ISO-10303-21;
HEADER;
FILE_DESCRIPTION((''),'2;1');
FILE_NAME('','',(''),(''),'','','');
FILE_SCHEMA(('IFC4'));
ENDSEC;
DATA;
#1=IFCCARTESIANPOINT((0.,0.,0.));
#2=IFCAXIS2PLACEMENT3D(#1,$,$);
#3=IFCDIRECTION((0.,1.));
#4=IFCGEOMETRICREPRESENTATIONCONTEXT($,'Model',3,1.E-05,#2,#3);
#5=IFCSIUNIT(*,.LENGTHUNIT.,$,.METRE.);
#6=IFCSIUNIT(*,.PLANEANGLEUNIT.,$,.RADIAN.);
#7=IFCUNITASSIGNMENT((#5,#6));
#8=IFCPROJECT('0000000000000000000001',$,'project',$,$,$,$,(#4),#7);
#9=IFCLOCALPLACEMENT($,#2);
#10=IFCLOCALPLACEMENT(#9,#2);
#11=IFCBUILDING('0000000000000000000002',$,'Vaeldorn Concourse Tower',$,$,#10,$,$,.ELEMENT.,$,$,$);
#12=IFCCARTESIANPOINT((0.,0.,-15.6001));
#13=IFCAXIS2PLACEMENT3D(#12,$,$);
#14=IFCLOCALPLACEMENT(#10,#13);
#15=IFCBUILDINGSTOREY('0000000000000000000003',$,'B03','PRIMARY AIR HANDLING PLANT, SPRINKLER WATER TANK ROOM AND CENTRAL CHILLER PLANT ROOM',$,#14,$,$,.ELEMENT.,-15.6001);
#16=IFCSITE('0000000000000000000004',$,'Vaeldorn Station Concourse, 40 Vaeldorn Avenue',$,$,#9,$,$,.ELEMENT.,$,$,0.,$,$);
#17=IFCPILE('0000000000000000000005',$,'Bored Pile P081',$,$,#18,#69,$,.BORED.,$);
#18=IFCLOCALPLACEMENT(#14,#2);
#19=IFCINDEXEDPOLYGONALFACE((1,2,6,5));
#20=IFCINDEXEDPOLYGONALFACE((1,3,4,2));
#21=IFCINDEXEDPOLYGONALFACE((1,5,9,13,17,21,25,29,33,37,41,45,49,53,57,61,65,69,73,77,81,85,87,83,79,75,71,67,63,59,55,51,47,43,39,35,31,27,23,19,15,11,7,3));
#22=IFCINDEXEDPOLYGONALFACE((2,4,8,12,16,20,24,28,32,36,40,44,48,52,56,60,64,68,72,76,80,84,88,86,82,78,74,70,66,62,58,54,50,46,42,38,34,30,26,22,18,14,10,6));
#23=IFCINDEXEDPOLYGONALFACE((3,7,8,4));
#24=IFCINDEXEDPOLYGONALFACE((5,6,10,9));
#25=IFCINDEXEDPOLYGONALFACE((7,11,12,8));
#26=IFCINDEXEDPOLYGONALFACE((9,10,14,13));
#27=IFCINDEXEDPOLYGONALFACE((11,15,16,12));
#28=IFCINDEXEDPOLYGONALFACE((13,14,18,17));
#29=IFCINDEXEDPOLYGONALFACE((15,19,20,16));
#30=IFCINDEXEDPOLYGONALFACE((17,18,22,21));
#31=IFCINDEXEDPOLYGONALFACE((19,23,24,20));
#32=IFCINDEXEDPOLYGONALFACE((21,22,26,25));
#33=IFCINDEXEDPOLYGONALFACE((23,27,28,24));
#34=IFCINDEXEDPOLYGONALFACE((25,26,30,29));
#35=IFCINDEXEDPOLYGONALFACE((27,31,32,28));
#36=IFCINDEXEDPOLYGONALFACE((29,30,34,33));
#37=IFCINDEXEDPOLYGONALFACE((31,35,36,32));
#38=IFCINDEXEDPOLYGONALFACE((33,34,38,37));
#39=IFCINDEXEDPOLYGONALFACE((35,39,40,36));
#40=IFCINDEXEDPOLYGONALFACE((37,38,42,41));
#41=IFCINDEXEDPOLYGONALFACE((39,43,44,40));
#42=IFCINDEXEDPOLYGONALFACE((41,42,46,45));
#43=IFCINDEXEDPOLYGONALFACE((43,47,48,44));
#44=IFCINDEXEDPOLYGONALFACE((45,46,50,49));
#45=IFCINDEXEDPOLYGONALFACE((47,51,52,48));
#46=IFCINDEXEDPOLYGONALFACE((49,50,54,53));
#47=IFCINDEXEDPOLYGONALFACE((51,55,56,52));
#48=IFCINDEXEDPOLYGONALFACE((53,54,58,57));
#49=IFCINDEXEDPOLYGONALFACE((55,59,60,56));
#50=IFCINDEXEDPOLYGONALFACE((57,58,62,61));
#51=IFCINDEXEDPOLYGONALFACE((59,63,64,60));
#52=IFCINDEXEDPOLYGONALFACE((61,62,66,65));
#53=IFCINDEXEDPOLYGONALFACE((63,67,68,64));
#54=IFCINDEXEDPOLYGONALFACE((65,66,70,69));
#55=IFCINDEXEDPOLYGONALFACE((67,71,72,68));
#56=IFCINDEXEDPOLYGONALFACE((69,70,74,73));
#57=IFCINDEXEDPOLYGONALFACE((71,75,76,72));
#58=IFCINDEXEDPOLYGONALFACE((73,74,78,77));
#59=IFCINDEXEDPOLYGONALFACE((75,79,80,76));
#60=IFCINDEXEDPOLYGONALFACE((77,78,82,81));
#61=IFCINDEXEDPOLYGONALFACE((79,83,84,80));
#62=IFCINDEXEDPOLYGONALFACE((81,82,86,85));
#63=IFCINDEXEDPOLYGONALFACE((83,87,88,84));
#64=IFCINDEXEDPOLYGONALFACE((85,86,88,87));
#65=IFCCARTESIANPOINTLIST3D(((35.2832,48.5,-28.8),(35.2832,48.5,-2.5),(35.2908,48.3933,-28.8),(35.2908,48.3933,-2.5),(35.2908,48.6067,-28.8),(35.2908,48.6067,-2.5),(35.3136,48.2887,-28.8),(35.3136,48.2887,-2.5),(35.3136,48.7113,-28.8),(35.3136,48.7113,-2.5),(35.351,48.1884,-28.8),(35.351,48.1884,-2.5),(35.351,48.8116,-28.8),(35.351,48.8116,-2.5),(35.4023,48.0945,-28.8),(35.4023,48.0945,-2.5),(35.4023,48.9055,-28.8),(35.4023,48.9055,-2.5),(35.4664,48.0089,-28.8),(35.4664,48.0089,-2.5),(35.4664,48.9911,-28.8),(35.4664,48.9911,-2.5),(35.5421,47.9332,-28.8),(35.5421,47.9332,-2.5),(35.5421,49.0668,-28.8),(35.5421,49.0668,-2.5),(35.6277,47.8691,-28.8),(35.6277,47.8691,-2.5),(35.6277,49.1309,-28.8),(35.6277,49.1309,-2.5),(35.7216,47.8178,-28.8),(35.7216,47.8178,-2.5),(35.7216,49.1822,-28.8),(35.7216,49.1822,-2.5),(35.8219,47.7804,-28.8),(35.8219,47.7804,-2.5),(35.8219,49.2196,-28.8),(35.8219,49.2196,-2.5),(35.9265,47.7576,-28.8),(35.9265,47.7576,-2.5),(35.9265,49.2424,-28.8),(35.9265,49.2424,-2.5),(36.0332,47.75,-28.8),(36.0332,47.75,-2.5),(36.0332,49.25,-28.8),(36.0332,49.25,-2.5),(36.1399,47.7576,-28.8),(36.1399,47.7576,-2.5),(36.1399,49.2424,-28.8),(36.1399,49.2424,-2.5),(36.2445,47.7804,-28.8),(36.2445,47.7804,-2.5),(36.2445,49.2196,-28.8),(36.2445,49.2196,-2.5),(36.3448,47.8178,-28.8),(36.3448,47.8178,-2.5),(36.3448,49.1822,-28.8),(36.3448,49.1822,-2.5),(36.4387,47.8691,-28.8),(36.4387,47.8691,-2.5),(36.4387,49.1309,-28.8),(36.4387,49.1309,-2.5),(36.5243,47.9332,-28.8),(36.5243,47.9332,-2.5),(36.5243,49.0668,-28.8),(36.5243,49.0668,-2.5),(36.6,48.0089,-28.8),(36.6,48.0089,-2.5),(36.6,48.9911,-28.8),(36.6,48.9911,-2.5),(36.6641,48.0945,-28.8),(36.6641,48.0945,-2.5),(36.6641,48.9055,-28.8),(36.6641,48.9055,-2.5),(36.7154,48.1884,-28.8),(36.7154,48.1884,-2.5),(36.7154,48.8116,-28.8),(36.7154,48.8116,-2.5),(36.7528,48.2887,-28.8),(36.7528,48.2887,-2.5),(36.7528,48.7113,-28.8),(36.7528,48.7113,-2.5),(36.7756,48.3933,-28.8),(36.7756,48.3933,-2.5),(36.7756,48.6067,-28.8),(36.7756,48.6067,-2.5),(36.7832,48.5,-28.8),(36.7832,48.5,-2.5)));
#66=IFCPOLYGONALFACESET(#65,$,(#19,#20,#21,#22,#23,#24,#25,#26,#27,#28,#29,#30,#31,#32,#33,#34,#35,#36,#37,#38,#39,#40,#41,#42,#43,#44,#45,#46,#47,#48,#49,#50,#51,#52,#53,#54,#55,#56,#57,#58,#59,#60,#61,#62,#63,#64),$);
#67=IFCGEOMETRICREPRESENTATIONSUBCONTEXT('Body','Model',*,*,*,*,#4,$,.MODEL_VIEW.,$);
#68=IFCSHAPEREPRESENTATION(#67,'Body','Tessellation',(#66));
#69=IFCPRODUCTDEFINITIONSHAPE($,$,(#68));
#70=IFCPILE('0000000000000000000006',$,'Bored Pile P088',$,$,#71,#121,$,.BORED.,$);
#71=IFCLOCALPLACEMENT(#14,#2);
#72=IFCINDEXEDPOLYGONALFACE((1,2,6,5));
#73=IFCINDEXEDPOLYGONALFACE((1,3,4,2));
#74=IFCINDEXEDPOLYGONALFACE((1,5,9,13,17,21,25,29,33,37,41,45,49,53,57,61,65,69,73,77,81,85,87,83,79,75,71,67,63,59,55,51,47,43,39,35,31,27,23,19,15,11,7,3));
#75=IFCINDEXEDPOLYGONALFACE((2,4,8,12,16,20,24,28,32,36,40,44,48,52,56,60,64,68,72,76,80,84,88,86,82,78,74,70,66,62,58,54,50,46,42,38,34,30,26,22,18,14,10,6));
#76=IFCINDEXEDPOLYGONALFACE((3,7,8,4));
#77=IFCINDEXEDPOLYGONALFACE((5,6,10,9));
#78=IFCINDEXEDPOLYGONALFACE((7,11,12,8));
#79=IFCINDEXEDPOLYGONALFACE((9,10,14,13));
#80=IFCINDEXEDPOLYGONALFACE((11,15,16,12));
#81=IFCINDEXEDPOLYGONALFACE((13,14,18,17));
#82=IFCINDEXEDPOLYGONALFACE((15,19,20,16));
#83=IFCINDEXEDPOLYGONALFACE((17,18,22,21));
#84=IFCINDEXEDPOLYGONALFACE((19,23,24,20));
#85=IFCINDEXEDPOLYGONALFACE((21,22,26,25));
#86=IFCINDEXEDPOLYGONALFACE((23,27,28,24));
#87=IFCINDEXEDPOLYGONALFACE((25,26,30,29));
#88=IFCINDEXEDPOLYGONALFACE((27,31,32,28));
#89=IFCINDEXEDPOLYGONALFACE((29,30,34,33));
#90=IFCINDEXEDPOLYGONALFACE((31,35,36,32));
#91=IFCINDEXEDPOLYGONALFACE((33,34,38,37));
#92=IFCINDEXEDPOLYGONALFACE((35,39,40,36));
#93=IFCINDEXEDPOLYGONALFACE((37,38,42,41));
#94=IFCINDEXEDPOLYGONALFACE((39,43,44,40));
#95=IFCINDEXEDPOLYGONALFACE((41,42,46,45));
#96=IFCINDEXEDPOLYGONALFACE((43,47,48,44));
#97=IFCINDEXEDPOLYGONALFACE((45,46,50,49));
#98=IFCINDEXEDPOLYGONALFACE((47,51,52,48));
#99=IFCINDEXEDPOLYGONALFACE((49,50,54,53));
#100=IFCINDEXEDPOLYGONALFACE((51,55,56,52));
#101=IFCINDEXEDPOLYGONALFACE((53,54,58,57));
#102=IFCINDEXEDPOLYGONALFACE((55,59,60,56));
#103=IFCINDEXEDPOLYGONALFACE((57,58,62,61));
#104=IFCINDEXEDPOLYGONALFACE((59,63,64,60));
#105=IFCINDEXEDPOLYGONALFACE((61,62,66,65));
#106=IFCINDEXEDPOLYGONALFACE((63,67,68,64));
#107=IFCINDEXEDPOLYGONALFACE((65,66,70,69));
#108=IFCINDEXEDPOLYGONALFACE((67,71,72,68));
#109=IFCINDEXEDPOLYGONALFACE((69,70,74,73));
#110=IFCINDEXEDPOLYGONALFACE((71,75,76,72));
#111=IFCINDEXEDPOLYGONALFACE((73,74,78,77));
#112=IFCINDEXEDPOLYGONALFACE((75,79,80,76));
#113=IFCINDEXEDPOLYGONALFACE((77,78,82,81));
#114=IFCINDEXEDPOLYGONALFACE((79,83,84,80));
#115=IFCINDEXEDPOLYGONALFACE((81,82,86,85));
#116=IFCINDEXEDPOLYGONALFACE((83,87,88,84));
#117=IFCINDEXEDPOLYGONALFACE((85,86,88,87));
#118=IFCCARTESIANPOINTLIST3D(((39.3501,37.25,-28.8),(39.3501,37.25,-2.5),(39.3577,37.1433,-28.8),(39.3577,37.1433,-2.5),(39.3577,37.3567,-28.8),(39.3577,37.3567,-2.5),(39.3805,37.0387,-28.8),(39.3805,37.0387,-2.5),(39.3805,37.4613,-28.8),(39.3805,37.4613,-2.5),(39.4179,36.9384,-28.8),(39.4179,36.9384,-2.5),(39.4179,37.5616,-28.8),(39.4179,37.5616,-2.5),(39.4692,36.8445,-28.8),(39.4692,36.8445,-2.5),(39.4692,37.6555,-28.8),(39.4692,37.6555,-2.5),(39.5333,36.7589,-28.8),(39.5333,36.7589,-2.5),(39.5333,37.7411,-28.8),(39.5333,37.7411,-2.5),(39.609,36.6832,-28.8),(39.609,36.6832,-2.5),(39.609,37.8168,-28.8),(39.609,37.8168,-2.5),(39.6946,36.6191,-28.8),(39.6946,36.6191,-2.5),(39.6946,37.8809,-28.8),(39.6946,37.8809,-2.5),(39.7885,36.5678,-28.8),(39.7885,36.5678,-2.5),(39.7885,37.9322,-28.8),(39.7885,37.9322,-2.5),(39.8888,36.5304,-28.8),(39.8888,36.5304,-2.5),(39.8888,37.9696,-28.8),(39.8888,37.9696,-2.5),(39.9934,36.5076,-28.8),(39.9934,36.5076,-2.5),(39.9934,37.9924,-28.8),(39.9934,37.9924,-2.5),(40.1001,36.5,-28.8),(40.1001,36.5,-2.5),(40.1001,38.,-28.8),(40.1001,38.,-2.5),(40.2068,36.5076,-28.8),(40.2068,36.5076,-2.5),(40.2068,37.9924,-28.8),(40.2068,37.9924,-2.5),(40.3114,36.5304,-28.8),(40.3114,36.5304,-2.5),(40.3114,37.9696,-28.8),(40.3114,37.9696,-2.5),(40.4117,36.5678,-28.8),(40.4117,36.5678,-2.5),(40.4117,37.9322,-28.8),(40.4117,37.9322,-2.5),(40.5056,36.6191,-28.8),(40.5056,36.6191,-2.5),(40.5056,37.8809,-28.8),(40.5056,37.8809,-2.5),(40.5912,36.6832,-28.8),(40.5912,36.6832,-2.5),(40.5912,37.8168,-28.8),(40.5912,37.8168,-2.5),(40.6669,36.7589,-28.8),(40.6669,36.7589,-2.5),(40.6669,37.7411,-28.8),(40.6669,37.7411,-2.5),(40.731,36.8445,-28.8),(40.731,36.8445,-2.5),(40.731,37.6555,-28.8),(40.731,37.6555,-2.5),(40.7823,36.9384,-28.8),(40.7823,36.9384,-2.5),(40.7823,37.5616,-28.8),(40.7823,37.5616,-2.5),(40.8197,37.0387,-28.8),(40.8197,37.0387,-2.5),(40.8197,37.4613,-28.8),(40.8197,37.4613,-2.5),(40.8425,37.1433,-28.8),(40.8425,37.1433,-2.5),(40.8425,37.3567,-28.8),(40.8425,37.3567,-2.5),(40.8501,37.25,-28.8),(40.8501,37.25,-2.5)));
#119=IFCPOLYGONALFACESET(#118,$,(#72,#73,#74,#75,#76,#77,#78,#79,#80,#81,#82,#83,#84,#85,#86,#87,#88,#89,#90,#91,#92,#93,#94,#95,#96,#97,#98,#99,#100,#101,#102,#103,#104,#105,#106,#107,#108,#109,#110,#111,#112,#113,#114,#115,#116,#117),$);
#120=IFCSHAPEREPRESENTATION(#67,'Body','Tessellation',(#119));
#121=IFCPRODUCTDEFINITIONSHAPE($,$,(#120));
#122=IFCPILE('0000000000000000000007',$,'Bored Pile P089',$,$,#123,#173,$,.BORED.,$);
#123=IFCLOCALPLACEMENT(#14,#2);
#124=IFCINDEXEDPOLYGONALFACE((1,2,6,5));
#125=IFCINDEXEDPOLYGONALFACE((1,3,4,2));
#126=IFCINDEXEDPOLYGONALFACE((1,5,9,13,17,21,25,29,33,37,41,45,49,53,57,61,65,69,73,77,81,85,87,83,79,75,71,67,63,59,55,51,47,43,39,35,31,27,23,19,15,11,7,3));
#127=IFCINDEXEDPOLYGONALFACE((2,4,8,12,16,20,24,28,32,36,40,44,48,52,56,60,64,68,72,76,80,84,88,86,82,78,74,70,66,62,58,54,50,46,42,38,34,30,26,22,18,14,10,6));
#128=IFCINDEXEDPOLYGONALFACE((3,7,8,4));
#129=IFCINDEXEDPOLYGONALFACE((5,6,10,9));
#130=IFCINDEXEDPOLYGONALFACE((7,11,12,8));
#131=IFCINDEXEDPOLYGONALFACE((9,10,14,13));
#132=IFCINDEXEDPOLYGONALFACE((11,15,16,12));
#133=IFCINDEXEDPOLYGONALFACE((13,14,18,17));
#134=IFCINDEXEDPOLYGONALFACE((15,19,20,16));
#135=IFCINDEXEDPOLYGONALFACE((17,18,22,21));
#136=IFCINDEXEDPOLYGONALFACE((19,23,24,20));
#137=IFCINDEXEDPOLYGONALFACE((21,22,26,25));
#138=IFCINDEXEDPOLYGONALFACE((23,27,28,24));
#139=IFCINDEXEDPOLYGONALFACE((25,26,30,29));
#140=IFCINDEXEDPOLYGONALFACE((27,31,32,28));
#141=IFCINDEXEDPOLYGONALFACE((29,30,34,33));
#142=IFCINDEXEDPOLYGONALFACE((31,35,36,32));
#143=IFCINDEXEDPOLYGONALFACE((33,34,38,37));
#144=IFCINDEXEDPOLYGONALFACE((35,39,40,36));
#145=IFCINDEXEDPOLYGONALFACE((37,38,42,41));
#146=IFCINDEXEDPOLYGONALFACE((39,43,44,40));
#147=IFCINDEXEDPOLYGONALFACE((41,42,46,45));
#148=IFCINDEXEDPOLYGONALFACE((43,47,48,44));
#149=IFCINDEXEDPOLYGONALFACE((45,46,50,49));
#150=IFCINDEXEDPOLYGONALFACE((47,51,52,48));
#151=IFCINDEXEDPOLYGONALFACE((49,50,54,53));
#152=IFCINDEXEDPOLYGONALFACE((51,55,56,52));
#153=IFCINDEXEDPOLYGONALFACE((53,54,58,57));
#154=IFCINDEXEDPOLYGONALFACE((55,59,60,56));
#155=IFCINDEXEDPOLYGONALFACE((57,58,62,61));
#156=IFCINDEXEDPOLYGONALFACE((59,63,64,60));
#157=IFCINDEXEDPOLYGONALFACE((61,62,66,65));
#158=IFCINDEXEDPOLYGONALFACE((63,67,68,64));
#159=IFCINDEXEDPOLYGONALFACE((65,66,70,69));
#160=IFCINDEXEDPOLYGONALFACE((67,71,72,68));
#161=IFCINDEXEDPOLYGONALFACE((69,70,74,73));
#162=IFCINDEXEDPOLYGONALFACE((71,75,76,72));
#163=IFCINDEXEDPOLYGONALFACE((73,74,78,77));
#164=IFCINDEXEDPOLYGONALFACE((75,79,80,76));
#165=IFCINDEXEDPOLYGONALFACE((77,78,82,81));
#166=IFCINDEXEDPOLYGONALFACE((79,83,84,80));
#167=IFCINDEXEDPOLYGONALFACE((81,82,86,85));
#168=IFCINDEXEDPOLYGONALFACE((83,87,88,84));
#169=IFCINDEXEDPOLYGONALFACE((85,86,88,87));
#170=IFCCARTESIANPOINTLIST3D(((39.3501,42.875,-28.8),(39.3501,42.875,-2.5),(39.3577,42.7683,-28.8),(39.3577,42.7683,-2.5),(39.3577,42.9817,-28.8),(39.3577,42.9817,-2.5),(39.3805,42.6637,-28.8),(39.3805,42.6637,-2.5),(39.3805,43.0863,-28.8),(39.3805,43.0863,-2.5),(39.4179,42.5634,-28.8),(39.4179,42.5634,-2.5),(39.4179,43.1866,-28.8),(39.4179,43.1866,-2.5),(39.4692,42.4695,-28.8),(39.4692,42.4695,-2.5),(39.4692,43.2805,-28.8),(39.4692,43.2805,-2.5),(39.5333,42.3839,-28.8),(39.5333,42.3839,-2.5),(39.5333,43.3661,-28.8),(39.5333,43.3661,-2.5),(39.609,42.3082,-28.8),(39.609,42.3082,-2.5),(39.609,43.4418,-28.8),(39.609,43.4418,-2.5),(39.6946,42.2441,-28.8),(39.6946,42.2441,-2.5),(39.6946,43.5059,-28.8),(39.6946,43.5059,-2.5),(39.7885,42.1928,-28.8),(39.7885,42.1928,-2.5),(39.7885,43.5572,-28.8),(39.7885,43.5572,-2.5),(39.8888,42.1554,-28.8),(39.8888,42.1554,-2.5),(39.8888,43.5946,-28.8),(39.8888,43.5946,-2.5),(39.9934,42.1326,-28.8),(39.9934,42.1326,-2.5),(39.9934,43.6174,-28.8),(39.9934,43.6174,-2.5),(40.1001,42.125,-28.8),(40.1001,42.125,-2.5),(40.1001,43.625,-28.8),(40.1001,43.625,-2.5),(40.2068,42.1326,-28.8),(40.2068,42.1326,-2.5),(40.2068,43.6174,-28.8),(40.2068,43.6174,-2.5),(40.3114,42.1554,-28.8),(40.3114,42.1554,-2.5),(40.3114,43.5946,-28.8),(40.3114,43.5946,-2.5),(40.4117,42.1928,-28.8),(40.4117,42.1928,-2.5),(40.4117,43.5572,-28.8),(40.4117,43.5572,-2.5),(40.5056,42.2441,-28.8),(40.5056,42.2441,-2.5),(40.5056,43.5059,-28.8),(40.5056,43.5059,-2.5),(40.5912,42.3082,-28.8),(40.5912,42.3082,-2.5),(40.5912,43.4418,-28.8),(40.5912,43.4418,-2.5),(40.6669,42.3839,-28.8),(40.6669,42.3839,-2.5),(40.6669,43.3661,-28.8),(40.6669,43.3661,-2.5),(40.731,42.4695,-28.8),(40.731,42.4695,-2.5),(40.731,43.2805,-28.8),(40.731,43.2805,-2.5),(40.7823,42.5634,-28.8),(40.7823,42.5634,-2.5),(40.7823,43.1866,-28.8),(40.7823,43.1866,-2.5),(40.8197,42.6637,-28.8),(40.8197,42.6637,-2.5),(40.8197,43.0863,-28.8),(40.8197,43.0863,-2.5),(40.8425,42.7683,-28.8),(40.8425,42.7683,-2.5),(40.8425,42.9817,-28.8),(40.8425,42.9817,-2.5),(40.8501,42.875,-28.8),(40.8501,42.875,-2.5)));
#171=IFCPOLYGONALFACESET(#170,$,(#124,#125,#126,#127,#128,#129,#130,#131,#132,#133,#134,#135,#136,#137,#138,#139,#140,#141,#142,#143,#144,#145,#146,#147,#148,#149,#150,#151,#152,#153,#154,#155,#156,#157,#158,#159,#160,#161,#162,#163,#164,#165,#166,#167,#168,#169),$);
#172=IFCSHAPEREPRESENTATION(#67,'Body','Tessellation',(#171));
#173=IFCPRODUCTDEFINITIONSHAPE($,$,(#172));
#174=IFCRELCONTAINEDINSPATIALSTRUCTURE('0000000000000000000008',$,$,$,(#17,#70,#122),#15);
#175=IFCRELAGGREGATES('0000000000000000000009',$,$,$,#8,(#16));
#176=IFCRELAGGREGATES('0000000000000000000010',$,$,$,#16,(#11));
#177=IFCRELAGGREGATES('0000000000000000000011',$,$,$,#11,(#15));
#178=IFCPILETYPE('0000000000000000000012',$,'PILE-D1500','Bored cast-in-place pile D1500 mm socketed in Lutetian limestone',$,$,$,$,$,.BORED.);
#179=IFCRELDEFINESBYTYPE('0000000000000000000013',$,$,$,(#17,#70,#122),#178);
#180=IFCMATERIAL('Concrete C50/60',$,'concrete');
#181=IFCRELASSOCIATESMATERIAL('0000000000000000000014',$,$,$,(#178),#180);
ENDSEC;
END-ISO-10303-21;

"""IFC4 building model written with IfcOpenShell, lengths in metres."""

from ifc_helpers import new_model, si_unit, direction, frame, origin, origin_2d, place, context, subcontext, project, spatial, circle, extrude, material, material_profile, profile_set, type_object, element, save


model = new_model("IFC4")

# Units and contexts
model_context = context("Model", 3, precision=1e-05, world=origin(), true_north=direction((0.0, 1.0)))
body_context = subcontext(model_context, "Body", "Model", "MODEL_VIEW")
ifc_project = project(units=[si_unit("LENGTHUNIT", "METRE"), si_unit("PLANEANGLEUNIT", "RADIAN")], contexts=[model_context])

# Site, building, storey
site_placement = place(None, origin())
site = spatial("IfcSite", under=ifc_project, at=site_placement, Name="Vaeldorn Station Concourse, 40 Vaeldorn Avenue", CompositionType="ELEMENT", RefElevation=0.0)
building_placement = place(site_placement, origin())
building = spatial("IfcBuilding", under=site, at=building_placement, Name="Vaeldorn Concourse Tower", CompositionType="ELEMENT")
storey_placement = place(building_placement, frame((0.0, 0.0, -15.6001)))
storey = spatial("IfcBuildingStorey", under=building, at=storey_placement, Name="B03", Description="PRIMARY AIR HANDLING PLANT, SPRINKLER WATER TANK ROOM AND CENTRAL CHILLER PLANT ROOM", CompositionType="ELEMENT", Elevation=-15.6001)

# Piles
ifc_material_1 = material(Name="Concrete C50/60", Category="concrete")
ifc_material_profile_1 = material_profile(ifc_material_1, circle(Radius=0.75, at=origin_2d()), Name="BORED PILE D1500")
ifc_profile_set_1 = profile_set([ifc_material_profile_1], Name="Concrete C50/60")
pile_type = type_object("IfcPileType", Name="PILE-D1500", Description="Bored cast-in-place pile D1500 mm socketed in Lutetian limestone", PredefinedType="BORED", material=ifc_profile_set_1)
for number, where, z_axis, x_axis, name in (
    (1, (36.0332, 48.5, -2.5), (0.0, 0.0, -1.0), (1.0, 0.0, 0.0), "Bored Pile P081"),
    (2, (40.1001, 37.25, -2.5), (0.0, 0.0, -1.0), (1.0, 0.0, 0.0), "Bored Pile P088"),
    (3, (40.1001, 42.875, -2.5), (0.0, 0.0, -1.0), (1.0, 0.0, 0.0), "Bored Pile P089"),
):
    element("IfcPile", number, at=place(storey_placement, frame(where, z_axis=z_axis, x_axis=x_axis)), inside=storey, type_object=pile_type, Name=name, PredefinedType="BORED", context=body_context, shape_type="SweptSolid", body=[
        extrude(circle(Radius=0.75, at=origin_2d()), origin(), (0.0, 0.0, 1.0), 26.3),
    ])

save(model, "model.ifc")
